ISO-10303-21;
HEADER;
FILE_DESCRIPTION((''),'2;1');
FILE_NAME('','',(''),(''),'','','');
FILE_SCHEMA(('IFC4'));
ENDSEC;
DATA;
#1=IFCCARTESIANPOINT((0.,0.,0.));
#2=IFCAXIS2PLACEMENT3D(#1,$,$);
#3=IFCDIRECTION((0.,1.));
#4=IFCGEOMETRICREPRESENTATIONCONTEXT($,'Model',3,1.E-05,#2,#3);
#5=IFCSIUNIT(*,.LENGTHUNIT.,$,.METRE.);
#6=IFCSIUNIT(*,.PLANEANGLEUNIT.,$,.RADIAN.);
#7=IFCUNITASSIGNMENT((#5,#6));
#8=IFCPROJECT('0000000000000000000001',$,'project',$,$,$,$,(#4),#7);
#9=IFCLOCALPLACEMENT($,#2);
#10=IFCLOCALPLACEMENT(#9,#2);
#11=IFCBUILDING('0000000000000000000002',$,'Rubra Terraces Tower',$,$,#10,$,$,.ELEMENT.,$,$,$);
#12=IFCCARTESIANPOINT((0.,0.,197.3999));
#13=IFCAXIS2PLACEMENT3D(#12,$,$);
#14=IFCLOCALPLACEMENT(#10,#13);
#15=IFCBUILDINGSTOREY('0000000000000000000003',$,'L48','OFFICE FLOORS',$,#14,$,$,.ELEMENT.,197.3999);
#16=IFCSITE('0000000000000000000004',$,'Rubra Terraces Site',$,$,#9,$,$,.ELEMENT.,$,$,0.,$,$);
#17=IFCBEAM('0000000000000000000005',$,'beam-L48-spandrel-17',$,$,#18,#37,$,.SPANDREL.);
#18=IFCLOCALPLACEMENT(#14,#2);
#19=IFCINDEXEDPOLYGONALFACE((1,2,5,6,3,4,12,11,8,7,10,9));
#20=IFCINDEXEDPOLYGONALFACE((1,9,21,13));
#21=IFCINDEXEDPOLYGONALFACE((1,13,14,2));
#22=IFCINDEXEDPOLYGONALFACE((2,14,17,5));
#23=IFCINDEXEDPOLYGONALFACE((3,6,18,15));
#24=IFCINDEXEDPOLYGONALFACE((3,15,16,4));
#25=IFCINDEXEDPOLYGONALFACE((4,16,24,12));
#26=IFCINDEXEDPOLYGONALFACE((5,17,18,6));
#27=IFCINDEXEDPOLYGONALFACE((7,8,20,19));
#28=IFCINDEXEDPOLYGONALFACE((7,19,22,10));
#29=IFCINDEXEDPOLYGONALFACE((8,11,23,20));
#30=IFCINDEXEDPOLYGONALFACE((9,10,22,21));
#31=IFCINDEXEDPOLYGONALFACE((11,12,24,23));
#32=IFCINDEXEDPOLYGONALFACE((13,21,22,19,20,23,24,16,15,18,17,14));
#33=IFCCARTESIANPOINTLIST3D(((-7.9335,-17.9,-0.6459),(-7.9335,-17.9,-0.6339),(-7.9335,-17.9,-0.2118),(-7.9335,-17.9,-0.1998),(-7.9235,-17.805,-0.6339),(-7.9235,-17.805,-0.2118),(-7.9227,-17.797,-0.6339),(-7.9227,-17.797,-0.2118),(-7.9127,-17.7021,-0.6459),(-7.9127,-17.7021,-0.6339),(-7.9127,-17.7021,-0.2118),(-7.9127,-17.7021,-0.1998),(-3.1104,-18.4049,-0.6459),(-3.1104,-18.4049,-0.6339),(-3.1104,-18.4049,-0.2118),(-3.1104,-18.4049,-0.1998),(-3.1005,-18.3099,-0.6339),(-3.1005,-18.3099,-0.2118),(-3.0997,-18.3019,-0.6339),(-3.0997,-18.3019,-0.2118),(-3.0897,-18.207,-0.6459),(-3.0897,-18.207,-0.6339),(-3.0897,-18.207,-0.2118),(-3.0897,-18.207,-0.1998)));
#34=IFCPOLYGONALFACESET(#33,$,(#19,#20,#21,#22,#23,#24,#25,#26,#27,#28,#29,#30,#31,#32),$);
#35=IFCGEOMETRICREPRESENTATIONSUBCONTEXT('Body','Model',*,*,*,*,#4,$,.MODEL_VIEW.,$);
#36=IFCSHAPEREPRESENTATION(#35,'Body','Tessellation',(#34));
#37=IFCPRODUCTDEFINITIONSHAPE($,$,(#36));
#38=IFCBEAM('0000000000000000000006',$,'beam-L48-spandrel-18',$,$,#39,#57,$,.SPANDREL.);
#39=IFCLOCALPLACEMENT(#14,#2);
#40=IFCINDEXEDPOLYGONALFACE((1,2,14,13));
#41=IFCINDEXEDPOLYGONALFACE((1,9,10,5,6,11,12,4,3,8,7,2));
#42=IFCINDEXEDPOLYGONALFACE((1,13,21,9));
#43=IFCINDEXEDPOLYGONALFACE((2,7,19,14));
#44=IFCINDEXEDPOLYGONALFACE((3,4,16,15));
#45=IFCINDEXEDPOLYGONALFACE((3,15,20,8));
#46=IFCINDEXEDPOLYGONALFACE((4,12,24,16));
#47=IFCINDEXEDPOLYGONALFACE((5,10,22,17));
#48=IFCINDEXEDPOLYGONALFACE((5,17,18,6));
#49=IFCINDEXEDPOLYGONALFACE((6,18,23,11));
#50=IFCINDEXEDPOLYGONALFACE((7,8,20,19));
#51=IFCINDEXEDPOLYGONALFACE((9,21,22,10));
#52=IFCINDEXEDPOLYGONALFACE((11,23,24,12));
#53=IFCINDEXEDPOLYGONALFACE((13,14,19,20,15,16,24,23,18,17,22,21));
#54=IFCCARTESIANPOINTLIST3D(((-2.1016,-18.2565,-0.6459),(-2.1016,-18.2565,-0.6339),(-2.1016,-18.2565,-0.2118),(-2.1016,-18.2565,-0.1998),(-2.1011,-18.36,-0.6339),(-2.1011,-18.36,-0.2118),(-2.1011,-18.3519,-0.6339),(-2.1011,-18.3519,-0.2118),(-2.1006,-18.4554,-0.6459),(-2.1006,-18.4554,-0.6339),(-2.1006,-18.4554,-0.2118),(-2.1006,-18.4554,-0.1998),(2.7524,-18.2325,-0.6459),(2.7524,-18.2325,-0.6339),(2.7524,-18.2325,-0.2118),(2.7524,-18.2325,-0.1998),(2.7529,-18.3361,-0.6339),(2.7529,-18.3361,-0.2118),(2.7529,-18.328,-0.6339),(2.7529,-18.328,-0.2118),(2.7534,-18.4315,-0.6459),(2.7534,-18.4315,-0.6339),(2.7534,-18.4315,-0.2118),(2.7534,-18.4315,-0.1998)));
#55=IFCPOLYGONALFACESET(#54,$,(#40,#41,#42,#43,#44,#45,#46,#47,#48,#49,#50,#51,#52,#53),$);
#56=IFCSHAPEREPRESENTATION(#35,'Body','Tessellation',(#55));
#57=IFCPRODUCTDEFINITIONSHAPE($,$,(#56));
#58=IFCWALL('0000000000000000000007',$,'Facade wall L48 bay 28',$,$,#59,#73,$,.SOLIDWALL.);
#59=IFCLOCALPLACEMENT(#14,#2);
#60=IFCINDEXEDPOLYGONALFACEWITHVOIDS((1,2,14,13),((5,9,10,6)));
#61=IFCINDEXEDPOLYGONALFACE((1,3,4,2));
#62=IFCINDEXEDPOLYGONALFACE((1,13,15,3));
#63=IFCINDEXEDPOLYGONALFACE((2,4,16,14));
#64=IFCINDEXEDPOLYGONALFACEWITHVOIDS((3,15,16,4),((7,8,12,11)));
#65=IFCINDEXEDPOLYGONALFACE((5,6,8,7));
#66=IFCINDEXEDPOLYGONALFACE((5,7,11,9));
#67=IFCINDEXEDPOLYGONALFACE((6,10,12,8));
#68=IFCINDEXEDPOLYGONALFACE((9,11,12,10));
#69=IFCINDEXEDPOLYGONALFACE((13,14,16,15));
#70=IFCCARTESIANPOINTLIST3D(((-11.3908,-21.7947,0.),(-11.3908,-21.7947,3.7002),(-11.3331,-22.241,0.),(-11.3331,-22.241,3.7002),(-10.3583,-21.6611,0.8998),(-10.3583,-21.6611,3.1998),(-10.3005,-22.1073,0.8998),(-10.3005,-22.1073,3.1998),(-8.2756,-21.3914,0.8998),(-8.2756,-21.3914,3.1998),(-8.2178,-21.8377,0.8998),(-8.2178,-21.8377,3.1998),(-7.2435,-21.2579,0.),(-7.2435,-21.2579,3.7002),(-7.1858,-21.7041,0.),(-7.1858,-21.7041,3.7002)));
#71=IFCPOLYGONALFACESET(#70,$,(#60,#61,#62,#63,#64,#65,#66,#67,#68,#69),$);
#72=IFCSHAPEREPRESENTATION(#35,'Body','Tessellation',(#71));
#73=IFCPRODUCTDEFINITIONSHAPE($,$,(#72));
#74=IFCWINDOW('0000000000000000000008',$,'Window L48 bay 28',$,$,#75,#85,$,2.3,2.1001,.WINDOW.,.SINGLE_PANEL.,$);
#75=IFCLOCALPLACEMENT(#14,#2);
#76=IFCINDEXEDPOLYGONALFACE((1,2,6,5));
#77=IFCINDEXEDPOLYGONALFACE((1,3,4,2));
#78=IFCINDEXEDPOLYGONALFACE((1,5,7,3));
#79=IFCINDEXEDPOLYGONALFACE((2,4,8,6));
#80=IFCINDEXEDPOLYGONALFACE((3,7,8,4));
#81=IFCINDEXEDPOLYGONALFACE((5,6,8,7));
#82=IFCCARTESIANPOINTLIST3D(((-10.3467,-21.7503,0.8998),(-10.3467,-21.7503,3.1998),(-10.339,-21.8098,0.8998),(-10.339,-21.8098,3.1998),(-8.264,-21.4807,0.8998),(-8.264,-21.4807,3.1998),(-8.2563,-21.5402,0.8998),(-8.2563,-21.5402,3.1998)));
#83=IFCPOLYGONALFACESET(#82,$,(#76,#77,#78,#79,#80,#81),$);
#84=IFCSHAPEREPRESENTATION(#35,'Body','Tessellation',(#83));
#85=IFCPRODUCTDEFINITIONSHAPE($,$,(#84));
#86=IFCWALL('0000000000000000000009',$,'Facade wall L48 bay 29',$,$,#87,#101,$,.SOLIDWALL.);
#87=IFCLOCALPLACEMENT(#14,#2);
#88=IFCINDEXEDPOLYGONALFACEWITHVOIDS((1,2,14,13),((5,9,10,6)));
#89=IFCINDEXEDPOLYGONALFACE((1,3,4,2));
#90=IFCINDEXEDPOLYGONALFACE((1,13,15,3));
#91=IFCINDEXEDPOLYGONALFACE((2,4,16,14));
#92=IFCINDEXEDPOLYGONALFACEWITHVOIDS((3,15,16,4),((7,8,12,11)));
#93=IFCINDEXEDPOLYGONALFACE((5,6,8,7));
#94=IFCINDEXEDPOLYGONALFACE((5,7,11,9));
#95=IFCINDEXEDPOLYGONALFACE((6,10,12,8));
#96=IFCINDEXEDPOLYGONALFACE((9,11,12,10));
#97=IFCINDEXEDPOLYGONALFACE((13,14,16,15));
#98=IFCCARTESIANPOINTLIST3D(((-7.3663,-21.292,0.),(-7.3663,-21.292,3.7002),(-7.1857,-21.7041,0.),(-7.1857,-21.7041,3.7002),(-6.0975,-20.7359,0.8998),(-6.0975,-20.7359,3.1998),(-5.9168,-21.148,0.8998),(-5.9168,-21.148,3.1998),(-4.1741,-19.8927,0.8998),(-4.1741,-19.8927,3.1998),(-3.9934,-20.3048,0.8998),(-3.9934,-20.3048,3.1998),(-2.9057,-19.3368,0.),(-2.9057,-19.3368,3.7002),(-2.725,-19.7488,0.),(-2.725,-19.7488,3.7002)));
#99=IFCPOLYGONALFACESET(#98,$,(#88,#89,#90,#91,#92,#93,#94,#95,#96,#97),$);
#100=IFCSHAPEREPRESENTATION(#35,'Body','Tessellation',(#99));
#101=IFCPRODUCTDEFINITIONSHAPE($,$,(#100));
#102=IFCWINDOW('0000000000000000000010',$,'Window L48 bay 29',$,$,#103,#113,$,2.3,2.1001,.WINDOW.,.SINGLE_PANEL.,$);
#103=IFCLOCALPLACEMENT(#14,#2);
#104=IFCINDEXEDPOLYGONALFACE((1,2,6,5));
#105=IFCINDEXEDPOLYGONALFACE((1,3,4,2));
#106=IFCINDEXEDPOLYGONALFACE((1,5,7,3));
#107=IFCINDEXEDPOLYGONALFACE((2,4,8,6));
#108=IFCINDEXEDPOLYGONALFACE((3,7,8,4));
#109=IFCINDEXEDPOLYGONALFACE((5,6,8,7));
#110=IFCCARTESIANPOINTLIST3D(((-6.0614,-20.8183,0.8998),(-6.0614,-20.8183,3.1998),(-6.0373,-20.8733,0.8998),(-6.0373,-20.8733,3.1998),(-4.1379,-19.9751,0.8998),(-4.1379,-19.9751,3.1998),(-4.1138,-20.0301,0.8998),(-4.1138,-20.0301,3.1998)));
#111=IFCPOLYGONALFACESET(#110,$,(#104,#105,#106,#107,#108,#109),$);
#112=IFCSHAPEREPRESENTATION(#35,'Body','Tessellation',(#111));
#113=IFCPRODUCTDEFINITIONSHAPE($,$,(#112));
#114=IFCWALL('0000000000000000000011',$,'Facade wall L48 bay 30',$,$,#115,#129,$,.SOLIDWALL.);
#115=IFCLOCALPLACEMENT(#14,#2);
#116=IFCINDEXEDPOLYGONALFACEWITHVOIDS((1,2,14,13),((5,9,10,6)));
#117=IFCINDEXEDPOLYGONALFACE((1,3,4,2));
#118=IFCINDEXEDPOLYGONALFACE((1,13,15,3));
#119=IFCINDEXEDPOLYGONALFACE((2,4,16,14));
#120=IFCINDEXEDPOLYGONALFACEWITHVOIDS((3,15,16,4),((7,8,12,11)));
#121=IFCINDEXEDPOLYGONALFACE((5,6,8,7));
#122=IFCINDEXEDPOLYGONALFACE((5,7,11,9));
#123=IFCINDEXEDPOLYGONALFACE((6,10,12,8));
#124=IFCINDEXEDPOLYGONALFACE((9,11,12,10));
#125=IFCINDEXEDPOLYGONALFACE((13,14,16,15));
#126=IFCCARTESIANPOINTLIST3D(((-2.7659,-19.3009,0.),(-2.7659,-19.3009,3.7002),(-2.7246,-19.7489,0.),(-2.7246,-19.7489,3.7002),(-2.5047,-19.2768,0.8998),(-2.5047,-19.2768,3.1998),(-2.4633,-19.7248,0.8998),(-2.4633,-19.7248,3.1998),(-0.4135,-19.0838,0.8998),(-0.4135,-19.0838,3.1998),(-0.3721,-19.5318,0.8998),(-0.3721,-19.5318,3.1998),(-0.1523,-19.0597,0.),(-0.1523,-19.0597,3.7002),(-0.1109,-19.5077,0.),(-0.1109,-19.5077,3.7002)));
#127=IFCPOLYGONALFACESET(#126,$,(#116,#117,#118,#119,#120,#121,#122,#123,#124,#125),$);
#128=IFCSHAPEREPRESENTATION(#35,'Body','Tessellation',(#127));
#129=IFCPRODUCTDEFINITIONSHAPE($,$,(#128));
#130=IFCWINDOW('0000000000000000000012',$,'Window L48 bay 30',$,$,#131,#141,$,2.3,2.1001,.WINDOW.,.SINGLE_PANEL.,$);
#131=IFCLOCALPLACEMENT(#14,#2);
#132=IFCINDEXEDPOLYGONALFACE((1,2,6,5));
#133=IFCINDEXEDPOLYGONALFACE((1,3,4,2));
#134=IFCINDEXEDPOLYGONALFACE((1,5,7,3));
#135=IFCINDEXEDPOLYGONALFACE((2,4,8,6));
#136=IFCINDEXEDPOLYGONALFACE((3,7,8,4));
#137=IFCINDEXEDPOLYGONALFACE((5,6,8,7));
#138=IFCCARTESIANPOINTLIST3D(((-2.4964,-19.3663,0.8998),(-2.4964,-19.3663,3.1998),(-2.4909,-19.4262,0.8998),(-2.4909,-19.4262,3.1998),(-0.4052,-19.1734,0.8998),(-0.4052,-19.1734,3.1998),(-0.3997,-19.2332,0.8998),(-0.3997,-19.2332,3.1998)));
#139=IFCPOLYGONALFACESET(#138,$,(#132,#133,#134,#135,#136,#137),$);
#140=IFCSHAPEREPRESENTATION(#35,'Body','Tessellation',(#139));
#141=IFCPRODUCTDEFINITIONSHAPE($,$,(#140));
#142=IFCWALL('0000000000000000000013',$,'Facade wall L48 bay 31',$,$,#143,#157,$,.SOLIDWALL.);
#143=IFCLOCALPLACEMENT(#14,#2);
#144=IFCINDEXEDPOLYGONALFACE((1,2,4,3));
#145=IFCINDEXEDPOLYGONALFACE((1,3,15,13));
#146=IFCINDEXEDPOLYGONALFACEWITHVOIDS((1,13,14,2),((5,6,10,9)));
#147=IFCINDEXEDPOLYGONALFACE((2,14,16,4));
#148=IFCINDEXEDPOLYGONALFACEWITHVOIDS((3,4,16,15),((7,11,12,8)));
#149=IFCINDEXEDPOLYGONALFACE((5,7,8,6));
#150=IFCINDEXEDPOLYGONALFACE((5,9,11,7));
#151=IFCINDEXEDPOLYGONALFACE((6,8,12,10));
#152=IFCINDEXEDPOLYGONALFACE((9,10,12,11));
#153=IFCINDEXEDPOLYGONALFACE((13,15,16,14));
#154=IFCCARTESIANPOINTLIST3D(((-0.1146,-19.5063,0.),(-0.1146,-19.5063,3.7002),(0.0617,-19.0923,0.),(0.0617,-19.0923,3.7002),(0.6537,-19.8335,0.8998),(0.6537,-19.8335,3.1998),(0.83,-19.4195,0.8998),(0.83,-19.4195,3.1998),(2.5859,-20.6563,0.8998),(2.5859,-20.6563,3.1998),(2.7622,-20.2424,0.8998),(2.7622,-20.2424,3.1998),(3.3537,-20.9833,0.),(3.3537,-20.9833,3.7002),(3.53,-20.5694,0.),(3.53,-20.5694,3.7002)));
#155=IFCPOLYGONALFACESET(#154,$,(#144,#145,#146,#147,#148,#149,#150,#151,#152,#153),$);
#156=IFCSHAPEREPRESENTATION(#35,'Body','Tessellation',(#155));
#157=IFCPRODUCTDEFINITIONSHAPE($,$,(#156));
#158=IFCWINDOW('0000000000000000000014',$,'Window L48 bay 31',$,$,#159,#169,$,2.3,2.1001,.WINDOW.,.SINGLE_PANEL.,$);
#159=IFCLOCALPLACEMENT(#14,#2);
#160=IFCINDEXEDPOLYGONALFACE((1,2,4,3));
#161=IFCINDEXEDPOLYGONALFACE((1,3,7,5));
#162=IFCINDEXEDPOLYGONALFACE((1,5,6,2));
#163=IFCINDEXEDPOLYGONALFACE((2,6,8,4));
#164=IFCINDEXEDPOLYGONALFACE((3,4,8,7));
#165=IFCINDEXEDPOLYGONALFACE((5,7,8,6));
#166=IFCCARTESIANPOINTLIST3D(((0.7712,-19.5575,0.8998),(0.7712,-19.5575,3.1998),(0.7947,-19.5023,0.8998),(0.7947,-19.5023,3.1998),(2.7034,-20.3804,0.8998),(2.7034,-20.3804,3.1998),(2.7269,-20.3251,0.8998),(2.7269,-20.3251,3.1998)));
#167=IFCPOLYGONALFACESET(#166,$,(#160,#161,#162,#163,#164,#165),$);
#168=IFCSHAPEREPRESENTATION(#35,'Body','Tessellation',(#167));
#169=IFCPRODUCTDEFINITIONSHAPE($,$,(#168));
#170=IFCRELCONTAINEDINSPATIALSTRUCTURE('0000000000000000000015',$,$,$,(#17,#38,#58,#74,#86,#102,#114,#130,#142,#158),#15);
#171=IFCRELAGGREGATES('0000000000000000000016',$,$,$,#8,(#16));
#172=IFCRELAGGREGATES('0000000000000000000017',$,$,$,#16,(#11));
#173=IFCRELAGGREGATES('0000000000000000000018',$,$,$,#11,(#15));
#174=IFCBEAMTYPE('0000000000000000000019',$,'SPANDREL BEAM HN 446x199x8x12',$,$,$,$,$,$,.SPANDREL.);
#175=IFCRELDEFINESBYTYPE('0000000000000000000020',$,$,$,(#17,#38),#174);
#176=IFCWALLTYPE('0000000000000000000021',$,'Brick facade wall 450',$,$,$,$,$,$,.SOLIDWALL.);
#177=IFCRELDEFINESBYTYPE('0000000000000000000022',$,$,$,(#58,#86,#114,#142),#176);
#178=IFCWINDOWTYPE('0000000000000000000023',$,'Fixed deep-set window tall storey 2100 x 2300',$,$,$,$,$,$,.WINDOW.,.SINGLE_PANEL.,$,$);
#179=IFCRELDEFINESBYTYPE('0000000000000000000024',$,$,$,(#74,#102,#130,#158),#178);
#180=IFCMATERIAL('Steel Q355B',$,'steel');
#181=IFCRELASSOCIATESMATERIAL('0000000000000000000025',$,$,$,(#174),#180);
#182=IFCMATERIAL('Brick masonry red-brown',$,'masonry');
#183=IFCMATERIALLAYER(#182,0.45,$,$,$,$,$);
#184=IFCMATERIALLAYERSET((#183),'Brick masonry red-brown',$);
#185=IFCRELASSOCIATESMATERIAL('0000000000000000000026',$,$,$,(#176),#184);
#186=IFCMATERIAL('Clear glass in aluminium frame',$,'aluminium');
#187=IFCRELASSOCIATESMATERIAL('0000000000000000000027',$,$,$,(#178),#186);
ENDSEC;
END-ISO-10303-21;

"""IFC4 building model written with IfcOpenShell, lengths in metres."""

from ifc_helpers import new_model, si_unit, direction, frame, frame_2d, origin, origin_2d, place, context, subcontext, project, spatial, rectangle, i_section, extrude, material, layer, layer_set, material_profile, profile_set, type_object, element, fill, save


model = new_model("IFC4")

# Units and contexts
model_context = context("Model", 3, precision=1e-05, world=origin(), true_north=direction((0.0, 1.0)))
body_context = subcontext(model_context, "Body", "Model", "MODEL_VIEW")
ifc_project = project(units=[si_unit("LENGTHUNIT", "METRE"), si_unit("PLANEANGLEUNIT", "RADIAN")], contexts=[model_context])

# Site, building, storey
site_placement = place(None, origin())
site = spatial("IfcSite", under=ifc_project, at=site_placement, Name="Rubra Terraces Site", CompositionType="ELEMENT", RefElevation=0.0)
building_placement = place(site_placement, origin())
building = spatial("IfcBuilding", under=site, at=building_placement, Name="Rubra Terraces Tower", CompositionType="ELEMENT")
storey_placement = place(building_placement, frame((0.0, 0.0, 197.3999)))
storey = spatial("IfcBuildingStorey", under=building, at=storey_placement, Name="L48", Description="OFFICE FLOORS", CompositionType="ELEMENT", Elevation=197.3999)

# Beams
ifc_material_1 = material(Name="Steel Q355B", Category="steel")
ifc_material_profile_1 = material_profile(ifc_material_1, i_section(OverallWidth=0.199, OverallDepth=0.446, WebThickness=0.0081, FlangeThickness=0.012, at=origin_2d()), Name="HN 446x199x8x12")
ifc_profile_set_1 = profile_set([ifc_material_profile_1], Name="Steel Q355B")
beam_type_1 = type_object("IfcBeamType", Name="SPANDREL BEAM HN 446x199x8x12", PredefinedType="SPANDREL", material=ifc_profile_set_1)
beam_1_placement = place(storey_placement, frame((-7.9231, -17.801, -0.4229), z_axis=(0.994565, -0.104113, 0.0), x_axis=(0.104113, 0.994565, 0.0)))
element("IfcBeam", 1, at=beam_1_placement, inside=storey, type_object=beam_type_1, Name="beam-L48-spandrel-17", PredefinedType="SPANDREL", context=body_context, shape_type="SweptSolid", body=[
    extrude(i_section(OverallWidth=0.199, OverallDepth=0.446, WebThickness=0.0081, FlangeThickness=0.012, at=origin_2d()), origin(), (0.0, 0.0, 1.0), 4.8494),
])
beam_2_placement = place(storey_placement, frame((-2.1011, -18.356, -0.4229), z_axis=(0.999988, 0.004929, 0.0), x_axis=(-0.004929, 0.999988, 0.0)))
element("IfcBeam", 2, at=beam_2_placement, inside=storey, type_object=beam_type_1, Name="beam-L48-spandrel-18", PredefinedType="SPANDREL", context=body_context, shape_type="SweptSolid", body=[
    extrude(i_section(OverallWidth=0.199, OverallDepth=0.446, WebThickness=0.0081, FlangeThickness=0.012, at=origin_2d()), origin(), (0.0, 0.0, 1.0), 4.854),
])

# Walls, openings, windows
ifc_material_2 = material(Name="Brick masonry red-brown", Category="masonry")
ifc_layer_1 = layer(ifc_material_2, 0.45)
ifc_layer_set_1 = layer_set([ifc_layer_1], Name="Brick masonry red-brown")
wall_type_1 = type_object("IfcWallType", Name="Brick facade wall 450", PredefinedType="SOLIDWALL", material=ifc_layer_set_1)
wall_1_placement = place(storey_placement, frame((-11.3618, -22.0178, 0.0), z_axis=(0.0, 0.0, 1.0), x_axis=(0.991725, 0.128381, 0.0)))
wall_1 = element("IfcWall", 3, at=wall_1_placement, inside=storey, type_object=wall_type_1, Name="Facade wall L48 bay 28", PredefinedType="SOLIDWALL", context=body_context, shape_type="SweptSolid", body=[
    extrude(rectangle(XDim=4.1819, YDim=0.45, at=frame_2d((2.0908, 0.0))), origin(), (0.0, 0.0, 1.0), 3.7002),
])
opening_1_placement = place(wall_1_placement, frame((1.041, 0.0, 0.8999)))
opening_1 = element("IfcOpeningElement", 4, at=opening_1_placement, cuts=wall_1, PredefinedType="OPENING", context=body_context, shape_type="SweptSolid", body=[
    extrude(rectangle(XDim=2.1001, YDim=2.3, at=frame_2d((1.05, 1.1499))), frame((0.0, 0.2349, 0.0), z_axis=(0.0, -1.0, 0.0), x_axis=(1.0, 0.0, 0.0)), (0.0, 0.0, 1.0), 0.47),
])
ifc_material_3 = material(Name="Clear glass in aluminium frame", Category="aluminium")
window_type = type_object("IfcWindowType", Name="Fixed deep-set window tall storey 2100 x 2300", PartitioningType="SINGLE_PANEL", PredefinedType="WINDOW", material=ifc_material_3)
window_1_placement = place(opening_1_placement, origin())
window_1 = element("IfcWindow", 5, at=window_1_placement, inside=storey, type_object=window_type, Name="Window L48 bay 28", OverallHeight=2.3, OverallWidth=2.1001, PartitioningType="SINGLE_PANEL", PredefinedType="WINDOW", context=body_context, shape_type="SweptSolid", body=[
    extrude(rectangle(XDim=2.1001, YDim=2.3, at=frame_2d((1.05, 1.1499))), frame((0.0, 0.135, 0.0), z_axis=(0.0, -1.0, 0.0), x_axis=(1.0, 0.0, 0.0)), (0.0, 0.0, 1.0), 0.0601),
])
fill(opening_1, window_1)
wall_2_placement = place(storey_placement, frame((-7.2759, -21.498, 0.0), z_axis=(0.0, 0.0, 1.0), x_axis=(0.915873, 0.401468, 0.0)))
wall_2 = element("IfcWall", 6, at=wall_2_placement, inside=storey, type_object=wall_type_1, Name="Facade wall L48 bay 29", PredefinedType="SOLIDWALL", context=body_context, shape_type="SweptSolid", body=[
    extrude(rectangle(XDim=4.8704, YDim=0.45, at=frame_2d((2.4351, 0.0))), origin(), (0.0, 0.0, 1.0), 3.7002),
])
opening_2_placement = place(wall_2_placement, frame((1.3853, 0.0, 0.8999)))
opening_2 = element("IfcOpeningElement", 7, at=opening_2_placement, cuts=wall_2, PredefinedType="OPENING", context=body_context, shape_type="SweptSolid", body=[
    extrude(rectangle(XDim=2.1001, YDim=2.3, at=frame_2d((1.05, 1.1499))), frame((0.0, 0.2349, 0.0), z_axis=(0.0, -1.0, 0.0), x_axis=(1.0, 0.0, 0.0)), (0.0, 0.0, 1.0), 0.47),
])
window_2_placement = place(opening_2_placement, origin())
window_2 = element("IfcWindow", 8, at=window_2_placement, inside=storey, type_object=window_type, Name="Window L48 bay 29", OverallHeight=2.3, OverallWidth=2.1001, PartitioningType="SINGLE_PANEL", PredefinedType="WINDOW", context=body_context, shape_type="SweptSolid", body=[
    extrude(rectangle(XDim=2.1001, YDim=2.3, at=frame_2d((1.05, 1.1499))), frame((0.0, 0.135, 0.0), z_axis=(0.0, -1.0, 0.0), x_axis=(1.0, 0.0, 0.0)), (0.0, 0.0, 1.0), 0.0601),
])
fill(opening_2, window_2)
wall_3_placement = place(storey_placement, frame((-2.7454, -19.5249, 0.0), z_axis=(0.0, 0.0, 1.0), x_axis=(0.995769, 0.091894, 0.0)))
wall_3 = element("IfcWall", 9, at=wall_3_placement, inside=storey, type_object=wall_type_1, Name="Facade wall L48 bay 30", PredefinedType="SOLIDWALL", context=body_context, shape_type="SweptSolid", body=[
    extrude(rectangle(XDim=2.6248, YDim=0.45, at=frame_2d((1.3125, 0.0))), origin(), (0.0, 0.0, 1.0), 3.7002),
])
opening_3_placement = place(wall_3_placement, frame((0.2625, 0.0, 0.8999)))
opening_3 = element("IfcOpeningElement", 10, at=opening_3_placement, cuts=wall_3, PredefinedType="OPENING", context=body_context, shape_type="SweptSolid", body=[
    extrude(rectangle(XDim=2.1001, YDim=2.3, at=frame_2d((1.05, 1.1499))), frame((0.0, 0.2349, 0.0), z_axis=(0.0, -1.0, 0.0), x_axis=(1.0, 0.0, 0.0)), (0.0, 0.0, 1.0), 0.47),
])
window_3_placement = place(opening_3_placement, origin())
window_3 = element("IfcWindow", 11, at=window_3_placement, inside=storey, type_object=window_type, Name="Window L48 bay 30", OverallHeight=2.3, OverallWidth=2.1001, PartitioningType="SINGLE_PANEL", PredefinedType="WINDOW", context=body_context, shape_type="SweptSolid", body=[
    extrude(rectangle(XDim=2.1001, YDim=2.3, at=frame_2d((1.05, 1.1499))), frame((0.0, 0.135, 0.0), z_axis=(0.0, -1.0, 0.0), x_axis=(1.0, 0.0, 0.0)), (0.0, 0.0, 1.0), 0.0601),
])
fill(opening_3, window_3)
wall_4_placement = place(storey_placement, frame((-0.0264, -19.2993, 0.0), z_axis=(0.0, 0.0, 1.0), x_axis=(0.92004, -0.391823, 0.0)))
wall_4 = element("IfcWall", 12, at=wall_4_placement, inside=storey, type_object=wall_type_1, Name="Facade wall L48 bay 31", PredefinedType="SOLIDWALL", context=body_context, shape_type="SweptSolid", body=[
    extrude(rectangle(XDim=3.7698, YDim=0.45, at=frame_2d((1.8848, 0.0))), origin(), (0.0, 0.0, 1.0), 3.7002),
])
opening_4_placement = place(wall_4_placement, frame((0.835, 0.0, 0.8999)))
opening_4 = element("IfcOpeningElement", 13, at=opening_4_placement, cuts=wall_4, PredefinedType="OPENING", context=body_context, shape_type="SweptSolid", body=[
    extrude(rectangle(XDim=2.1001, YDim=2.3, at=frame_2d((1.05, 1.1499))), frame((0.0, 0.2349, 0.0), z_axis=(0.0, -1.0, 0.0), x_axis=(1.0, 0.0, 0.0)), (0.0, 0.0, 1.0), 0.47),
])
window_4_placement = place(opening_4_placement, origin())
window_4 = element("IfcWindow", 14, at=window_4_placement, inside=storey, type_object=window_type, Name="Window L48 bay 31", OverallHeight=2.3, OverallWidth=2.1001, PartitioningType="SINGLE_PANEL", PredefinedType="WINDOW", context=body_context, shape_type="SweptSolid", body=[
    extrude(rectangle(XDim=2.1001, YDim=2.3, at=frame_2d((1.05, 1.1499))), frame((0.0, 0.135, 0.0), z_axis=(0.0, -1.0, 0.0), x_axis=(1.0, 0.0, 0.0)), (0.0, 0.0, 1.0), 0.0601),
])
fill(opening_4, window_4)

save(model, "model.ifc")
